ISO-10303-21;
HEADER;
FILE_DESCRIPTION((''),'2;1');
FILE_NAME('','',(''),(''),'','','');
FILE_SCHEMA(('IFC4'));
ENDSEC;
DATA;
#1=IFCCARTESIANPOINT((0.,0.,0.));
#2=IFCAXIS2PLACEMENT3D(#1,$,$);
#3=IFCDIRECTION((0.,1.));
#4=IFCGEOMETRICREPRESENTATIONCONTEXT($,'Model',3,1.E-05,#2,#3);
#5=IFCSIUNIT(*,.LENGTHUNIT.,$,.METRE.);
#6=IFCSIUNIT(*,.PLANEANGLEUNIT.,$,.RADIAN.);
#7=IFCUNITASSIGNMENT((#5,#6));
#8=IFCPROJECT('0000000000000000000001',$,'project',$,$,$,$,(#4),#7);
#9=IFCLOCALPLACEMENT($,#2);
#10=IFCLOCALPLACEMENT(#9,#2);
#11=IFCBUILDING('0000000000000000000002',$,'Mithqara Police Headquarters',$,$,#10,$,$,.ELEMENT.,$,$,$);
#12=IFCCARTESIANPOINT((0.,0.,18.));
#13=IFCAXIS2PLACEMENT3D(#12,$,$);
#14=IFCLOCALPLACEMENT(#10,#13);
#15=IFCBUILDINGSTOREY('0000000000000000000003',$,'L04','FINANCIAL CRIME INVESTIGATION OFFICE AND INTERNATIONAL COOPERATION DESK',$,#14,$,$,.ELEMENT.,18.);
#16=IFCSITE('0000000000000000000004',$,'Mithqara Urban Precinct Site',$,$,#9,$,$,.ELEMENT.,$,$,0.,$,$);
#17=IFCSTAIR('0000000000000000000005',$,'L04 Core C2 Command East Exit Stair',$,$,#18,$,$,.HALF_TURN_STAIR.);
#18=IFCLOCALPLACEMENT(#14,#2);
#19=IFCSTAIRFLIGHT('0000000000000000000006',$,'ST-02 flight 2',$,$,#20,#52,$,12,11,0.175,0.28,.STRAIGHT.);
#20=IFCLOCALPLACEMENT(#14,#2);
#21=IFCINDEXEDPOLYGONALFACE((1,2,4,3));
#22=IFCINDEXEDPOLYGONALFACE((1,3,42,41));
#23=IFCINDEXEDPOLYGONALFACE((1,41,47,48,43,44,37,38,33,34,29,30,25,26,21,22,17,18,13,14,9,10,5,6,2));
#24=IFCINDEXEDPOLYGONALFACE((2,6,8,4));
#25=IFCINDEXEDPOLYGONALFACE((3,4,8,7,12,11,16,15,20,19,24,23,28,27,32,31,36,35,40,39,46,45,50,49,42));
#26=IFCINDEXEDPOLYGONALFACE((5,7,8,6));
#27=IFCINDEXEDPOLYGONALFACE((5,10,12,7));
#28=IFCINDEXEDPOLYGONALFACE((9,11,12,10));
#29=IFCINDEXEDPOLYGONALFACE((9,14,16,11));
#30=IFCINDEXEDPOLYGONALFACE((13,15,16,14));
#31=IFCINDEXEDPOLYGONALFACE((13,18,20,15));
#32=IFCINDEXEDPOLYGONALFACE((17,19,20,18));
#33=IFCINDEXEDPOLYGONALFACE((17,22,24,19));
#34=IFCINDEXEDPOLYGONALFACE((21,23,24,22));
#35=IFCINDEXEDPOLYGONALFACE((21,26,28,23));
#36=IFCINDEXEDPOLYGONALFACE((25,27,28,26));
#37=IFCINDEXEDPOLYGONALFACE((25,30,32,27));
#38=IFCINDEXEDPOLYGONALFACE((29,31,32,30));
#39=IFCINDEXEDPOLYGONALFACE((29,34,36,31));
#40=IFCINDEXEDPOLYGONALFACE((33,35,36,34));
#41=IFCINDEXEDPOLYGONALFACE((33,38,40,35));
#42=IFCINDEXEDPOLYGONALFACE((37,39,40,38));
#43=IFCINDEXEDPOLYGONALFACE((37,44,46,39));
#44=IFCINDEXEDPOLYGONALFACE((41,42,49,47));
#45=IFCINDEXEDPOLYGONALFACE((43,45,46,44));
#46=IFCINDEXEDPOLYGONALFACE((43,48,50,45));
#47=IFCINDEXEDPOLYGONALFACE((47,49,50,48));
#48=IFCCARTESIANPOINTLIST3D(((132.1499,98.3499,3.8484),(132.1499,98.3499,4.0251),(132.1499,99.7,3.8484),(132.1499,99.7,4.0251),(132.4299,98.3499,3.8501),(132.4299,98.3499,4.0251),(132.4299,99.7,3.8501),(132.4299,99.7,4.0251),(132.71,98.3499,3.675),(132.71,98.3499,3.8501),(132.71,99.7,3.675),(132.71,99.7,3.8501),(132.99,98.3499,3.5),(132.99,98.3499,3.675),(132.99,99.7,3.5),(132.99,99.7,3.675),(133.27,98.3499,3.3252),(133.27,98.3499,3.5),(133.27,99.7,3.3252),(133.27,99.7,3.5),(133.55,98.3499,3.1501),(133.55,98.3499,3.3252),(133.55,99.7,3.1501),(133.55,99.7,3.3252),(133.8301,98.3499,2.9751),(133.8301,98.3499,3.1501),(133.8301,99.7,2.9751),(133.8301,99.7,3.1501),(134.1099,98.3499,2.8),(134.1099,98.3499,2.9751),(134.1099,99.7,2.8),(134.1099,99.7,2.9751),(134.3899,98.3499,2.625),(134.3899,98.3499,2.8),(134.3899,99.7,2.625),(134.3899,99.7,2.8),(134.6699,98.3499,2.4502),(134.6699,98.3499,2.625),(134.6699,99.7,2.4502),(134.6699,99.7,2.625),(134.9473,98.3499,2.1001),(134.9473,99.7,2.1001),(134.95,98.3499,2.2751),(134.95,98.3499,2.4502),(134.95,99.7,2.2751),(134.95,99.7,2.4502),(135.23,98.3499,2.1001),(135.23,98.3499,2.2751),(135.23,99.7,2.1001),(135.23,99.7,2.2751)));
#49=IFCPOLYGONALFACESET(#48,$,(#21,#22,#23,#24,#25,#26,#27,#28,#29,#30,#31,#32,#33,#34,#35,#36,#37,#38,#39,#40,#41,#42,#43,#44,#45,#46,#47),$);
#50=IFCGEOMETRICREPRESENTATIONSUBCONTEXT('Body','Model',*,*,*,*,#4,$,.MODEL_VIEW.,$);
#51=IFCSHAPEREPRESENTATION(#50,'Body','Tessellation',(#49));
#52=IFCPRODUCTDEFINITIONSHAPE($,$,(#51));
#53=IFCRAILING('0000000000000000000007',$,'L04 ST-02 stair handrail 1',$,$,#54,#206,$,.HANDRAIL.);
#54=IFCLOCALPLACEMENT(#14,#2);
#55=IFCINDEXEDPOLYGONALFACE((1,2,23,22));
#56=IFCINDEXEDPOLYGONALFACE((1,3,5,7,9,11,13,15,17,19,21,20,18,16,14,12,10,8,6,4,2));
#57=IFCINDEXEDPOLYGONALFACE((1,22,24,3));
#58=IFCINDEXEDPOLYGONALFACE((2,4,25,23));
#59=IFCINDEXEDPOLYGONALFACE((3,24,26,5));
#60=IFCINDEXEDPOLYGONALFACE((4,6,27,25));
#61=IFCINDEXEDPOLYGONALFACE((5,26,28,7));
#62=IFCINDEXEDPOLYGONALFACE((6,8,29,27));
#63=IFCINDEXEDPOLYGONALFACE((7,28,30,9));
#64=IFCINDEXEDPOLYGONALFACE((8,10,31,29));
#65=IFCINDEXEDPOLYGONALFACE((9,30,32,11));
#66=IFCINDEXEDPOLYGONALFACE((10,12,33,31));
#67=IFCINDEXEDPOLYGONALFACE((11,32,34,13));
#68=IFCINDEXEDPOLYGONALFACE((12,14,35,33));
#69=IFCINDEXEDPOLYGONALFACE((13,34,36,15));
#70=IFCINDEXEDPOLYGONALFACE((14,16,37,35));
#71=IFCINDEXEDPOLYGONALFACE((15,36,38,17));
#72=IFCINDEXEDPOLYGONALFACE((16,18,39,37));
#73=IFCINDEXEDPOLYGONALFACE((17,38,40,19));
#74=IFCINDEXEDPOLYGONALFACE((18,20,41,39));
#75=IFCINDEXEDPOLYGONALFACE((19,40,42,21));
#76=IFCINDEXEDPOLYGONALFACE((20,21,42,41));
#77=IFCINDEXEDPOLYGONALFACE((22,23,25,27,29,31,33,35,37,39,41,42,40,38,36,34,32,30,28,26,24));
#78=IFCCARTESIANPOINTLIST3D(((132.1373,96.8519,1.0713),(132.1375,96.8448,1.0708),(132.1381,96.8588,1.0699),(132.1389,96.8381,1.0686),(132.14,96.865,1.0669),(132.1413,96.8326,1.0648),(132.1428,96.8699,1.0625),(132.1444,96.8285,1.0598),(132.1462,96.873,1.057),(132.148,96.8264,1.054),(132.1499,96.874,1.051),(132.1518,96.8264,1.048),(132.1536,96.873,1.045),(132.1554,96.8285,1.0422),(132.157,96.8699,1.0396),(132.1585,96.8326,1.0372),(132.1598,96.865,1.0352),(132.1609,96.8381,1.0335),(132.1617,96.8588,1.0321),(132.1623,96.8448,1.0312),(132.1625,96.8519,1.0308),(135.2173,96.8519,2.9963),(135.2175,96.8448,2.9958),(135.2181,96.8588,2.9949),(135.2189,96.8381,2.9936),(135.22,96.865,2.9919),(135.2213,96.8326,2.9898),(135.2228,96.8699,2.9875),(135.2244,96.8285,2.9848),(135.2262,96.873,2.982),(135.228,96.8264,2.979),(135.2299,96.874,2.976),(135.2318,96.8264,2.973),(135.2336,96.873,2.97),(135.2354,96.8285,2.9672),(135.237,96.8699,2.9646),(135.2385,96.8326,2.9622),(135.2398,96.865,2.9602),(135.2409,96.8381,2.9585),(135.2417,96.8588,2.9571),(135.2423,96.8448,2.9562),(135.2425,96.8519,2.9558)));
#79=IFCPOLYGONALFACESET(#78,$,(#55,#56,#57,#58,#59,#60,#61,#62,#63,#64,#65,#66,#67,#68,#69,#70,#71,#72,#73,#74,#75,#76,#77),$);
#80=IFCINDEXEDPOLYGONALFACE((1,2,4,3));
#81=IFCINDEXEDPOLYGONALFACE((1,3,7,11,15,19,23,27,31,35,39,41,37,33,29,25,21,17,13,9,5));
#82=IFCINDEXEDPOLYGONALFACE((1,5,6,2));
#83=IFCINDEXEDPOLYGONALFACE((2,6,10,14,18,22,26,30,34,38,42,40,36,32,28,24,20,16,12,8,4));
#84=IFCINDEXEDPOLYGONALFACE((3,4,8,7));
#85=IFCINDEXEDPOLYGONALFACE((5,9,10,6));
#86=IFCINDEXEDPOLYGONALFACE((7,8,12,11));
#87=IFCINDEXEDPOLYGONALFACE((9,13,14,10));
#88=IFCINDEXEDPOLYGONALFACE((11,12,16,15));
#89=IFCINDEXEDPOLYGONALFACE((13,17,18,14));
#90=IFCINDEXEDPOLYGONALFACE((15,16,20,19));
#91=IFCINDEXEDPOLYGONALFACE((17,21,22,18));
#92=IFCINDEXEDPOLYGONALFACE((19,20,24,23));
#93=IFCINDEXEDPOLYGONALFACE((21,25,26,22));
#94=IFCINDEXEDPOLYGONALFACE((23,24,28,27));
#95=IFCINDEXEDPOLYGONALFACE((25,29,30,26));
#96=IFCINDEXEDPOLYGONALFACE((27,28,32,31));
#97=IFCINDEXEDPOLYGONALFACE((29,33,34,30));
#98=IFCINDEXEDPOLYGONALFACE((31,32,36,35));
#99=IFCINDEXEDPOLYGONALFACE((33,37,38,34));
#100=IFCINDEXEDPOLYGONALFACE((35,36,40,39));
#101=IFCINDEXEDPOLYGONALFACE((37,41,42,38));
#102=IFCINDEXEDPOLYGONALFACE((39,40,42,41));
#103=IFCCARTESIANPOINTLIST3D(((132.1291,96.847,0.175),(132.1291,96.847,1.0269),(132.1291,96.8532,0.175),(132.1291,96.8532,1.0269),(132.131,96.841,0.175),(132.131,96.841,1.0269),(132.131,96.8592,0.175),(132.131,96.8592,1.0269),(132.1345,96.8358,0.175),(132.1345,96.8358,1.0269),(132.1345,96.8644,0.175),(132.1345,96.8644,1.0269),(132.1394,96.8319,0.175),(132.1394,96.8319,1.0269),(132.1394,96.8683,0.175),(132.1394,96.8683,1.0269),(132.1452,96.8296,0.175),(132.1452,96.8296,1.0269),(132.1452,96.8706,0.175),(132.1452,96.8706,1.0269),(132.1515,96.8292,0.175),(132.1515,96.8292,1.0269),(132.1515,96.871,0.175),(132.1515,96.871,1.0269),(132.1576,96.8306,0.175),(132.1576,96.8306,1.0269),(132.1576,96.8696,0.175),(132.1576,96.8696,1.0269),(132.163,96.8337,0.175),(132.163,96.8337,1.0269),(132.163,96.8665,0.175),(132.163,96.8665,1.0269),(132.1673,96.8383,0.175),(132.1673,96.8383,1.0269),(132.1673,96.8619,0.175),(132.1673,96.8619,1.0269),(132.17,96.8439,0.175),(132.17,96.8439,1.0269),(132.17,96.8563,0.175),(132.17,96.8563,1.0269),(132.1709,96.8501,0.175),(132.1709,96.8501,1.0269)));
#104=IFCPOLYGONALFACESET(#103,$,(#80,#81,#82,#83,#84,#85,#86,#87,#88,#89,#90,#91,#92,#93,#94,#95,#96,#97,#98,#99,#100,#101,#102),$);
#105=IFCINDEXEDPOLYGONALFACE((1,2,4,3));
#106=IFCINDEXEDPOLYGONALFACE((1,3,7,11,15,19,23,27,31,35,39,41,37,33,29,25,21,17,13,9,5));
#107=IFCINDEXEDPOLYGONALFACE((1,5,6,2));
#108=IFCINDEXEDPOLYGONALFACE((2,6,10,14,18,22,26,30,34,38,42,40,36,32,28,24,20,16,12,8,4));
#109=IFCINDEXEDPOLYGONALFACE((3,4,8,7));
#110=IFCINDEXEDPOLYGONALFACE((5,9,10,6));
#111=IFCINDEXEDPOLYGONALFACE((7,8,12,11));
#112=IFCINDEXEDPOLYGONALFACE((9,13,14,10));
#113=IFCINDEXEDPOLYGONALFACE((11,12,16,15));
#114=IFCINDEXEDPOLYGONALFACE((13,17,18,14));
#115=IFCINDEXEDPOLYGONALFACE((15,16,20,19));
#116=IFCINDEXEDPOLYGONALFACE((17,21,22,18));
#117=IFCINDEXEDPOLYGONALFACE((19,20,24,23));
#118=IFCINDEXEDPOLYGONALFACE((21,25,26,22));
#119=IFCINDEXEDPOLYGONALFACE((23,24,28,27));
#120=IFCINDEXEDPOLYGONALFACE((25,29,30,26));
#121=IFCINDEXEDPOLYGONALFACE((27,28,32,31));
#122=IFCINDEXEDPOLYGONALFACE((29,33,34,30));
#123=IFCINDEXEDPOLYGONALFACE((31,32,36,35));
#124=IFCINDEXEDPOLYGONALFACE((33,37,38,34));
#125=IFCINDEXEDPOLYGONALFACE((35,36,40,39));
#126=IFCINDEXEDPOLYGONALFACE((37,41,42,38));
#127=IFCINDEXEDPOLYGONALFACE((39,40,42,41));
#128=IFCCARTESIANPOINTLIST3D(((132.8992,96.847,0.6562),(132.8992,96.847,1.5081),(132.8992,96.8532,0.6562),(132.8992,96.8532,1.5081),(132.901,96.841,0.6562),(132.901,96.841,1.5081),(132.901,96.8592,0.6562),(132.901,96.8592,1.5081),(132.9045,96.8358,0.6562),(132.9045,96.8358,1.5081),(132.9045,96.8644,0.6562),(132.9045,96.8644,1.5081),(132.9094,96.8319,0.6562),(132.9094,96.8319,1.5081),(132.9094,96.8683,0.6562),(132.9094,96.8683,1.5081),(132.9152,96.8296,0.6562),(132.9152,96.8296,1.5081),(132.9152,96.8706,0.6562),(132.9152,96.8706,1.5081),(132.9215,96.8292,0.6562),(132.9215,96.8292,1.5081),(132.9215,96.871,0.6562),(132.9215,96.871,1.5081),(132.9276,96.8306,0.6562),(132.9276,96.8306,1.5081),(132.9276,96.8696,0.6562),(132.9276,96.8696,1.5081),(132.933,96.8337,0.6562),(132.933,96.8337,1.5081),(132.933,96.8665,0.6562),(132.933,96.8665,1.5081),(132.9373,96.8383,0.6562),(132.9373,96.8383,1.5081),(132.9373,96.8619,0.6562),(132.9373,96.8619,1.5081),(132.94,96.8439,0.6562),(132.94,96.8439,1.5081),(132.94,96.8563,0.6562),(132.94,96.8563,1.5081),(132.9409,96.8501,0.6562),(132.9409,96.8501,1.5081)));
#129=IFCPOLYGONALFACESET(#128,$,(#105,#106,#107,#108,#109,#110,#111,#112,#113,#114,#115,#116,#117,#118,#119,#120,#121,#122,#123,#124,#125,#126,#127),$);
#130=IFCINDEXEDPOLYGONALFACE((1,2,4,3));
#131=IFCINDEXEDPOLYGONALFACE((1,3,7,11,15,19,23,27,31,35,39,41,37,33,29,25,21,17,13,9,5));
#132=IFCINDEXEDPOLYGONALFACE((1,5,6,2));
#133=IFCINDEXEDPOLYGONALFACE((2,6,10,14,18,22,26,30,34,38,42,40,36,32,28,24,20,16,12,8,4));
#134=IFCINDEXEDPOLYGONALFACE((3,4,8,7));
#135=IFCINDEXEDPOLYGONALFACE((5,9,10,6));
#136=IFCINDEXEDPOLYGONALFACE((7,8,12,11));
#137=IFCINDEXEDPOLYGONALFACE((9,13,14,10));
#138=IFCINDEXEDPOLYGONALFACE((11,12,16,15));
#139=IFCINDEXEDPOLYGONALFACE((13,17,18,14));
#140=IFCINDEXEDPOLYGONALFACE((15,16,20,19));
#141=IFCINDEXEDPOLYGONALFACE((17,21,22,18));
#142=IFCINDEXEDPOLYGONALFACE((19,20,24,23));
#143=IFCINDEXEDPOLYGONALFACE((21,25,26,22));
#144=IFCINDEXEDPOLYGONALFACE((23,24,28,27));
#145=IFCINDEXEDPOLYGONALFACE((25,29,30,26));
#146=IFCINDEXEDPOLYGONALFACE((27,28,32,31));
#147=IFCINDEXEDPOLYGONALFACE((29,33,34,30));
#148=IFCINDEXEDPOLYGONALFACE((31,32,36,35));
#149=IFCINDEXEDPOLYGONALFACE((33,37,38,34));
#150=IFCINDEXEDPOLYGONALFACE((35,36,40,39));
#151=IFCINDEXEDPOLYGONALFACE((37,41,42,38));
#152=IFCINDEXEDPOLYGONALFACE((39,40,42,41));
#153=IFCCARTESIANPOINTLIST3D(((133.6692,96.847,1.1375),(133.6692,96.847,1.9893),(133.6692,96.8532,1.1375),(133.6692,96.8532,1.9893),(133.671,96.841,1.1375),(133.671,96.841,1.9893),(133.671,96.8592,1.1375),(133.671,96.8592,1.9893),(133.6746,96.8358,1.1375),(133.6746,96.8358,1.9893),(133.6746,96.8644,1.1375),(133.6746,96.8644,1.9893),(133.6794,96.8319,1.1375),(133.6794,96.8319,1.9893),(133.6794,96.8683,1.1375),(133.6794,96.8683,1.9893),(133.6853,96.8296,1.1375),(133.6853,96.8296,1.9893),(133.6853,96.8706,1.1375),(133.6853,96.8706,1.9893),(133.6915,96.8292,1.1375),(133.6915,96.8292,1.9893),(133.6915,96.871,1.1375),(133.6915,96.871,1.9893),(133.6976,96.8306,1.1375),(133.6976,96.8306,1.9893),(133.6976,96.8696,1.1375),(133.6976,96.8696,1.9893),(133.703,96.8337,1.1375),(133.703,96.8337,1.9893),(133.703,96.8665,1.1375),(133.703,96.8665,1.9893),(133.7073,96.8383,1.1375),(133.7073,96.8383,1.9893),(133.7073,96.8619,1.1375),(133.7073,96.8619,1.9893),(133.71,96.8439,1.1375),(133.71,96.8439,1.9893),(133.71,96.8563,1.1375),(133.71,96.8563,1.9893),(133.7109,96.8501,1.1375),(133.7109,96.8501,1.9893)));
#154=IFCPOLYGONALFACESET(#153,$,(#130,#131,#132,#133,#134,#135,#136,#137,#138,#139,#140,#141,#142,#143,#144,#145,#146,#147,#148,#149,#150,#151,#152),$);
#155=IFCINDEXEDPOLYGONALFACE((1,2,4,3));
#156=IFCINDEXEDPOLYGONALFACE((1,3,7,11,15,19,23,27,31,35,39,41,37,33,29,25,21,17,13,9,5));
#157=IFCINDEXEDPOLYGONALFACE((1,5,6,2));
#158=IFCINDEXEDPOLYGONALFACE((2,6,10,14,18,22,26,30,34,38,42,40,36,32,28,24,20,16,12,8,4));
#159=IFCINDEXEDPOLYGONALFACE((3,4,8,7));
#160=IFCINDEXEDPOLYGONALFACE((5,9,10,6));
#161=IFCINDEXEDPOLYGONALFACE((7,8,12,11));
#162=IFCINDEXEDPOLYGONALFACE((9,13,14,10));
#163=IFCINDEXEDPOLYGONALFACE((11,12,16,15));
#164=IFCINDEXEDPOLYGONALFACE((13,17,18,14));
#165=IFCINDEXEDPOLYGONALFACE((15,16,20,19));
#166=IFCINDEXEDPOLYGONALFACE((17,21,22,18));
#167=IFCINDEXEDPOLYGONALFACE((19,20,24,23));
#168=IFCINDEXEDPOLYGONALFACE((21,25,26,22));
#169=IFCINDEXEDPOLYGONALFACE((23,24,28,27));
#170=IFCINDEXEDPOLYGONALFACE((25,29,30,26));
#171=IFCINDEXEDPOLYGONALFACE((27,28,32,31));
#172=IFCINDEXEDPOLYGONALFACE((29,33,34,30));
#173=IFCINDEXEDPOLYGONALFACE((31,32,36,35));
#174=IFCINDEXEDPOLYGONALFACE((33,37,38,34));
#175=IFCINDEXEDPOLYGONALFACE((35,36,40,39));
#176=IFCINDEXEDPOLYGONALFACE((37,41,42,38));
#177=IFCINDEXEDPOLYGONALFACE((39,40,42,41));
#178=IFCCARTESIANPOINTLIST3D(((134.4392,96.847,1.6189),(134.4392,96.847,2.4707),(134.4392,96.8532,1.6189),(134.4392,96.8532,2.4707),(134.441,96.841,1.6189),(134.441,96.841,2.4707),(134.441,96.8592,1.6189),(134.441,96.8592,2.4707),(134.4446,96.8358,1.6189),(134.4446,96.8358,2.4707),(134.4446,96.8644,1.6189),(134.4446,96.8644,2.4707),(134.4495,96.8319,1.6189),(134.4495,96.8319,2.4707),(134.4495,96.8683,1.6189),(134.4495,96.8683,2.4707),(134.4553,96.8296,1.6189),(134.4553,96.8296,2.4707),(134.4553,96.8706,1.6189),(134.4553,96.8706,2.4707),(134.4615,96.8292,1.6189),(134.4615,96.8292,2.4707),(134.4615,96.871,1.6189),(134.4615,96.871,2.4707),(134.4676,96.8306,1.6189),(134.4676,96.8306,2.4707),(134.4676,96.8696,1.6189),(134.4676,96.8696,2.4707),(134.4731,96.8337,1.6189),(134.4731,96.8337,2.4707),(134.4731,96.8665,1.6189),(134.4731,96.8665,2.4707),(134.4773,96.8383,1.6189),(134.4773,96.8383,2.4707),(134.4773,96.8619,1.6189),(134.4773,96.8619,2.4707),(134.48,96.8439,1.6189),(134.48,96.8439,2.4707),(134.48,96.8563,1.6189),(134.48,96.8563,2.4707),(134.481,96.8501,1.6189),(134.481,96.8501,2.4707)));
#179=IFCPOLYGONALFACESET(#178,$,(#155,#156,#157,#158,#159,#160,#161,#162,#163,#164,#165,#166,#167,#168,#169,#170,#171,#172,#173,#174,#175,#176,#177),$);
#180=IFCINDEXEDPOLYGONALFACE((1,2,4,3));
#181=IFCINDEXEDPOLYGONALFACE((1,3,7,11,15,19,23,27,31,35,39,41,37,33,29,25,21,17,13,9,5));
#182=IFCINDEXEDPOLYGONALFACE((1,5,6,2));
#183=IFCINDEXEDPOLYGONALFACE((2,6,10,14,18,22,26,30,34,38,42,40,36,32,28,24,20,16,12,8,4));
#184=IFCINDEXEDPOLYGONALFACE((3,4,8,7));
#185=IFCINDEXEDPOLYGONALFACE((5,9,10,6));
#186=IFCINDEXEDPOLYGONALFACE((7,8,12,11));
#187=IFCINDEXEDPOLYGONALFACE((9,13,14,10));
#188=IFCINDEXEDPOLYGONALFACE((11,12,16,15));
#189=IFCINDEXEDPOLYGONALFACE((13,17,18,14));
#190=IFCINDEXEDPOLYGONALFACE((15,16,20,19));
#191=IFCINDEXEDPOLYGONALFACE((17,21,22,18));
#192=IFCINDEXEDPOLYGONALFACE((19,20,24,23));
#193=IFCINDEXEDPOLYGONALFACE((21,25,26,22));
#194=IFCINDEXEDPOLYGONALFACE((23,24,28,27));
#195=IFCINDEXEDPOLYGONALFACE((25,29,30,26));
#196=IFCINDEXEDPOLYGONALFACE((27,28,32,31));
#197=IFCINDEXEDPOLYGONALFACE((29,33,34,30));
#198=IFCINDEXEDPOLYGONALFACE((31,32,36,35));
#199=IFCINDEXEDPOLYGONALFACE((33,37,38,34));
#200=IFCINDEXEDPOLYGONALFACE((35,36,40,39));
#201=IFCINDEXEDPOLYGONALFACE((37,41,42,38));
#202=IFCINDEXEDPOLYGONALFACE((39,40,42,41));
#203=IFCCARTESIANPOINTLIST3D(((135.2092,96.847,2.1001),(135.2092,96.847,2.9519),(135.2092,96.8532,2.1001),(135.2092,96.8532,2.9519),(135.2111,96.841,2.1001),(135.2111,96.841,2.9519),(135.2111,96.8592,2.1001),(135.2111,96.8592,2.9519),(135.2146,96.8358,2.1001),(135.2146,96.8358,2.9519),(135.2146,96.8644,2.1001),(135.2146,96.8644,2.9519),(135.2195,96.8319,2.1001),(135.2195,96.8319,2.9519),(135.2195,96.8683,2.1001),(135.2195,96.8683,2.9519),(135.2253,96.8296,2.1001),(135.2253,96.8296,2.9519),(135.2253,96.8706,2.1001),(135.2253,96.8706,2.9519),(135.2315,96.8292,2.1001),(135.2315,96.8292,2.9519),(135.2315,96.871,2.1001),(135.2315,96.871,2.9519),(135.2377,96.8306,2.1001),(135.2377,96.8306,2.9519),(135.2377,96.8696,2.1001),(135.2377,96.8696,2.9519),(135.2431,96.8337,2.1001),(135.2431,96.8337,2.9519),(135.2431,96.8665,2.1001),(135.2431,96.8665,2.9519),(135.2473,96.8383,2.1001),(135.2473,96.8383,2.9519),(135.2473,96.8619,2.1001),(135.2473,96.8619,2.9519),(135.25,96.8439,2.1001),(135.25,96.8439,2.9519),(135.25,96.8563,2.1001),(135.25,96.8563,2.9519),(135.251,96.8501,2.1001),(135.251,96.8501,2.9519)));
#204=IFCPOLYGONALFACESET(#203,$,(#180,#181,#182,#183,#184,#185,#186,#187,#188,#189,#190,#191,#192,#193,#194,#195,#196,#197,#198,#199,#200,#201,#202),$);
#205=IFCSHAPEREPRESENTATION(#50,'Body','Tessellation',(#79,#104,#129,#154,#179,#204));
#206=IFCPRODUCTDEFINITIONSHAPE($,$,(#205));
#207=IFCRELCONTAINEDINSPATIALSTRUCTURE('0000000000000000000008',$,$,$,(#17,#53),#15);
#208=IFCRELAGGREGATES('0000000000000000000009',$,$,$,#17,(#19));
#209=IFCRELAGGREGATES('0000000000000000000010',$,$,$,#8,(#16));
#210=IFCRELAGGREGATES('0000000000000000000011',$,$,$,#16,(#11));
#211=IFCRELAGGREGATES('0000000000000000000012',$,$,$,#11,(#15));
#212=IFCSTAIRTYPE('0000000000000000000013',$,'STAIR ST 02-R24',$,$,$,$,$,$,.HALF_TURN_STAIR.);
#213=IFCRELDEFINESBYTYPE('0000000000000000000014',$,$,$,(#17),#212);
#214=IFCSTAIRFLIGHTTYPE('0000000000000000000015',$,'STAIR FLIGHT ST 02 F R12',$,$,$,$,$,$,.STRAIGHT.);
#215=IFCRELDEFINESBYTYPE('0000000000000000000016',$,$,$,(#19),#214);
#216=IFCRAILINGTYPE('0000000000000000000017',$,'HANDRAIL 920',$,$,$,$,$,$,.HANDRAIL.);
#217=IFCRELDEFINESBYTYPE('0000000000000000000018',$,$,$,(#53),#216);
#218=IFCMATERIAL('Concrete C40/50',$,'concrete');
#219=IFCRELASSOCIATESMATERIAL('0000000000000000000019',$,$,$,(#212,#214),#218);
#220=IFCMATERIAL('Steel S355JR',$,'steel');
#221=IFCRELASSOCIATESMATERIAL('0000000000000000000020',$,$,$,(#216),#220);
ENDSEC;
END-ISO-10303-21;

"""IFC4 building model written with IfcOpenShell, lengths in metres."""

from ifc_helpers import new_model, si_unit, direction, frame, origin, origin_2d, place, context, subcontext, project, spatial, polyline, circle, outline, extrude, material, type_object, element, aggregate, save


model = new_model("IFC4")

# Units and contexts
model_context = context("Model", 3, precision=1e-05, world=origin(), true_north=direction((0.0, 1.0)))
body_context = subcontext(model_context, "Body", "Model", "MODEL_VIEW")
ifc_project = project(units=[si_unit("LENGTHUNIT", "METRE"), si_unit("PLANEANGLEUNIT", "RADIAN")], contexts=[model_context])

# Site, building, storey
site_placement = place(None, origin())
site = spatial("IfcSite", under=ifc_project, at=site_placement, Name="Mithqara Urban Precinct Site", CompositionType="ELEMENT", RefElevation=0.0)
building_placement = place(site_placement, origin())
building = spatial("IfcBuilding", under=site, at=building_placement, Name="Mithqara Police Headquarters", CompositionType="ELEMENT")
storey_placement = place(building_placement, frame((0.0, 0.0, 18.0)))
storey = spatial("IfcBuildingStorey", under=building, at=storey_placement, Name="L04", Description="FINANCIAL CRIME INVESTIGATION OFFICE AND INTERNATIONAL COOPERATION DESK", CompositionType="ELEMENT", Elevation=18.0)

# Shared definitions
ifc_material_1 = material(Name="Steel S355JR", Category="steel")
ifc_material_2 = material(Name="Concrete C40/50", Category="concrete")

# Stair, stair flight
stair_type = type_object("IfcStairType", Name="STAIR ST 02-R24", PredefinedType="HALF_TURN_STAIR", material=ifc_material_2)
stair_placement = place(storey_placement, origin())
stair = element("IfcStair", 1, at=stair_placement, inside=storey, type_object=stair_type, Name="L04 Core C2 Command East Exit Stair", PredefinedType="HALF_TURN_STAIR")
stair_flight_type = type_object("IfcStairFlightType", Name="STAIR FLIGHT ST 02 F R12", PredefinedType="STRAIGHT", material=ifc_material_2)
stair_flight_1_placement = place(storey_placement, frame((135.23, 99.0249, 2.1001), z_axis=(0.0, 0.0, 1.0), x_axis=(-1.0, 0.0, 0.0)))
stair_flight_1 = element("IfcStairFlight", 2, at=stair_flight_1_placement, type_object=stair_flight_type, Name="ST-02 flight 2", NumberOfRisers=12, NumberOfTreads=11, PredefinedType="STRAIGHT", RiserHeight=0.175, TreadLength=0.28, context=body_context, shape_type="SweptSolid", body=[
    extrude(outline(polyline([(0.0, 0.0), (0.0, 0.175), (0.28, 0.175), (0.28, 0.3501), (0.5601, 0.3501), (0.5601, 0.5249), (0.8401, 0.5249), (0.8401, 0.7), (1.1201, 0.7), (1.1201, 0.875), (1.3999, 0.875), (1.3999, 1.05), (1.6799, 1.05), (1.6799, 1.2251), (1.96, 1.2251), (1.96, 1.3999), (2.24, 1.3999), (2.24, 1.575), (2.52, 1.575), (2.52, 1.75), (2.8, 1.75), (2.8, 1.925), (3.0801, 1.925), (3.0801, 2.1001), (3.0801, 1.7483), (0.2827, 0.0), (0.0, 0.0)])), frame((0.0, 0.675, 0.0), z_axis=(0.0, -1.0, 0.0), x_axis=(1.0, 0.0, 0.0)), (0.0, 0.0, 1.0), 1.3501),
])
aggregate(stair, [stair_flight_1])

# Railing
railing_type_1 = type_object("IfcRailingType", Name="HANDRAIL 920", PredefinedType="HANDRAIL", material=ifc_material_1)
railing_1_placement = place(storey_placement, frame((132.1499, 96.8501, 0.175)))
element("IfcRailing", 3, at=railing_1_placement, inside=storey, type_object=railing_type_1, Name="L04 ST-02 stair handrail 1", PredefinedType="HANDRAIL", context=body_context, shape_type="SweptSolid", body=[
    extrude(circle(Radius=0.0239, at=origin_2d()), frame((0.0, 0.0, 0.876), z_axis=(0.847998, 0.0, 0.529999), x_axis=(0.0, 1.0, 0.0)), (0.0, 0.0, 1.0), 3.6321),
    extrude(circle(Radius=0.021, at=origin_2d()), origin(), (0.0, 0.0, 1.0), 0.8518),
    extrude(circle(Radius=0.021, at=origin_2d()), frame((0.77, 0.0, 0.4812)), (0.0, 0.0, 1.0), 0.8518),
    extrude(circle(Radius=0.021, at=origin_2d()), frame((1.54, 0.0, 0.9624)), (0.0, 0.0, 1.0), 0.8518),
    extrude(circle(Radius=0.021, at=origin_2d()), frame((2.3101, 0.0, 1.4438)), (0.0, 0.0, 1.0), 0.8518),
    extrude(circle(Radius=0.021, at=origin_2d()), frame((3.0801, 0.0, 1.925)), (0.0, 0.0, 1.0), 0.8518),
])

save(model, "model.ifc")
